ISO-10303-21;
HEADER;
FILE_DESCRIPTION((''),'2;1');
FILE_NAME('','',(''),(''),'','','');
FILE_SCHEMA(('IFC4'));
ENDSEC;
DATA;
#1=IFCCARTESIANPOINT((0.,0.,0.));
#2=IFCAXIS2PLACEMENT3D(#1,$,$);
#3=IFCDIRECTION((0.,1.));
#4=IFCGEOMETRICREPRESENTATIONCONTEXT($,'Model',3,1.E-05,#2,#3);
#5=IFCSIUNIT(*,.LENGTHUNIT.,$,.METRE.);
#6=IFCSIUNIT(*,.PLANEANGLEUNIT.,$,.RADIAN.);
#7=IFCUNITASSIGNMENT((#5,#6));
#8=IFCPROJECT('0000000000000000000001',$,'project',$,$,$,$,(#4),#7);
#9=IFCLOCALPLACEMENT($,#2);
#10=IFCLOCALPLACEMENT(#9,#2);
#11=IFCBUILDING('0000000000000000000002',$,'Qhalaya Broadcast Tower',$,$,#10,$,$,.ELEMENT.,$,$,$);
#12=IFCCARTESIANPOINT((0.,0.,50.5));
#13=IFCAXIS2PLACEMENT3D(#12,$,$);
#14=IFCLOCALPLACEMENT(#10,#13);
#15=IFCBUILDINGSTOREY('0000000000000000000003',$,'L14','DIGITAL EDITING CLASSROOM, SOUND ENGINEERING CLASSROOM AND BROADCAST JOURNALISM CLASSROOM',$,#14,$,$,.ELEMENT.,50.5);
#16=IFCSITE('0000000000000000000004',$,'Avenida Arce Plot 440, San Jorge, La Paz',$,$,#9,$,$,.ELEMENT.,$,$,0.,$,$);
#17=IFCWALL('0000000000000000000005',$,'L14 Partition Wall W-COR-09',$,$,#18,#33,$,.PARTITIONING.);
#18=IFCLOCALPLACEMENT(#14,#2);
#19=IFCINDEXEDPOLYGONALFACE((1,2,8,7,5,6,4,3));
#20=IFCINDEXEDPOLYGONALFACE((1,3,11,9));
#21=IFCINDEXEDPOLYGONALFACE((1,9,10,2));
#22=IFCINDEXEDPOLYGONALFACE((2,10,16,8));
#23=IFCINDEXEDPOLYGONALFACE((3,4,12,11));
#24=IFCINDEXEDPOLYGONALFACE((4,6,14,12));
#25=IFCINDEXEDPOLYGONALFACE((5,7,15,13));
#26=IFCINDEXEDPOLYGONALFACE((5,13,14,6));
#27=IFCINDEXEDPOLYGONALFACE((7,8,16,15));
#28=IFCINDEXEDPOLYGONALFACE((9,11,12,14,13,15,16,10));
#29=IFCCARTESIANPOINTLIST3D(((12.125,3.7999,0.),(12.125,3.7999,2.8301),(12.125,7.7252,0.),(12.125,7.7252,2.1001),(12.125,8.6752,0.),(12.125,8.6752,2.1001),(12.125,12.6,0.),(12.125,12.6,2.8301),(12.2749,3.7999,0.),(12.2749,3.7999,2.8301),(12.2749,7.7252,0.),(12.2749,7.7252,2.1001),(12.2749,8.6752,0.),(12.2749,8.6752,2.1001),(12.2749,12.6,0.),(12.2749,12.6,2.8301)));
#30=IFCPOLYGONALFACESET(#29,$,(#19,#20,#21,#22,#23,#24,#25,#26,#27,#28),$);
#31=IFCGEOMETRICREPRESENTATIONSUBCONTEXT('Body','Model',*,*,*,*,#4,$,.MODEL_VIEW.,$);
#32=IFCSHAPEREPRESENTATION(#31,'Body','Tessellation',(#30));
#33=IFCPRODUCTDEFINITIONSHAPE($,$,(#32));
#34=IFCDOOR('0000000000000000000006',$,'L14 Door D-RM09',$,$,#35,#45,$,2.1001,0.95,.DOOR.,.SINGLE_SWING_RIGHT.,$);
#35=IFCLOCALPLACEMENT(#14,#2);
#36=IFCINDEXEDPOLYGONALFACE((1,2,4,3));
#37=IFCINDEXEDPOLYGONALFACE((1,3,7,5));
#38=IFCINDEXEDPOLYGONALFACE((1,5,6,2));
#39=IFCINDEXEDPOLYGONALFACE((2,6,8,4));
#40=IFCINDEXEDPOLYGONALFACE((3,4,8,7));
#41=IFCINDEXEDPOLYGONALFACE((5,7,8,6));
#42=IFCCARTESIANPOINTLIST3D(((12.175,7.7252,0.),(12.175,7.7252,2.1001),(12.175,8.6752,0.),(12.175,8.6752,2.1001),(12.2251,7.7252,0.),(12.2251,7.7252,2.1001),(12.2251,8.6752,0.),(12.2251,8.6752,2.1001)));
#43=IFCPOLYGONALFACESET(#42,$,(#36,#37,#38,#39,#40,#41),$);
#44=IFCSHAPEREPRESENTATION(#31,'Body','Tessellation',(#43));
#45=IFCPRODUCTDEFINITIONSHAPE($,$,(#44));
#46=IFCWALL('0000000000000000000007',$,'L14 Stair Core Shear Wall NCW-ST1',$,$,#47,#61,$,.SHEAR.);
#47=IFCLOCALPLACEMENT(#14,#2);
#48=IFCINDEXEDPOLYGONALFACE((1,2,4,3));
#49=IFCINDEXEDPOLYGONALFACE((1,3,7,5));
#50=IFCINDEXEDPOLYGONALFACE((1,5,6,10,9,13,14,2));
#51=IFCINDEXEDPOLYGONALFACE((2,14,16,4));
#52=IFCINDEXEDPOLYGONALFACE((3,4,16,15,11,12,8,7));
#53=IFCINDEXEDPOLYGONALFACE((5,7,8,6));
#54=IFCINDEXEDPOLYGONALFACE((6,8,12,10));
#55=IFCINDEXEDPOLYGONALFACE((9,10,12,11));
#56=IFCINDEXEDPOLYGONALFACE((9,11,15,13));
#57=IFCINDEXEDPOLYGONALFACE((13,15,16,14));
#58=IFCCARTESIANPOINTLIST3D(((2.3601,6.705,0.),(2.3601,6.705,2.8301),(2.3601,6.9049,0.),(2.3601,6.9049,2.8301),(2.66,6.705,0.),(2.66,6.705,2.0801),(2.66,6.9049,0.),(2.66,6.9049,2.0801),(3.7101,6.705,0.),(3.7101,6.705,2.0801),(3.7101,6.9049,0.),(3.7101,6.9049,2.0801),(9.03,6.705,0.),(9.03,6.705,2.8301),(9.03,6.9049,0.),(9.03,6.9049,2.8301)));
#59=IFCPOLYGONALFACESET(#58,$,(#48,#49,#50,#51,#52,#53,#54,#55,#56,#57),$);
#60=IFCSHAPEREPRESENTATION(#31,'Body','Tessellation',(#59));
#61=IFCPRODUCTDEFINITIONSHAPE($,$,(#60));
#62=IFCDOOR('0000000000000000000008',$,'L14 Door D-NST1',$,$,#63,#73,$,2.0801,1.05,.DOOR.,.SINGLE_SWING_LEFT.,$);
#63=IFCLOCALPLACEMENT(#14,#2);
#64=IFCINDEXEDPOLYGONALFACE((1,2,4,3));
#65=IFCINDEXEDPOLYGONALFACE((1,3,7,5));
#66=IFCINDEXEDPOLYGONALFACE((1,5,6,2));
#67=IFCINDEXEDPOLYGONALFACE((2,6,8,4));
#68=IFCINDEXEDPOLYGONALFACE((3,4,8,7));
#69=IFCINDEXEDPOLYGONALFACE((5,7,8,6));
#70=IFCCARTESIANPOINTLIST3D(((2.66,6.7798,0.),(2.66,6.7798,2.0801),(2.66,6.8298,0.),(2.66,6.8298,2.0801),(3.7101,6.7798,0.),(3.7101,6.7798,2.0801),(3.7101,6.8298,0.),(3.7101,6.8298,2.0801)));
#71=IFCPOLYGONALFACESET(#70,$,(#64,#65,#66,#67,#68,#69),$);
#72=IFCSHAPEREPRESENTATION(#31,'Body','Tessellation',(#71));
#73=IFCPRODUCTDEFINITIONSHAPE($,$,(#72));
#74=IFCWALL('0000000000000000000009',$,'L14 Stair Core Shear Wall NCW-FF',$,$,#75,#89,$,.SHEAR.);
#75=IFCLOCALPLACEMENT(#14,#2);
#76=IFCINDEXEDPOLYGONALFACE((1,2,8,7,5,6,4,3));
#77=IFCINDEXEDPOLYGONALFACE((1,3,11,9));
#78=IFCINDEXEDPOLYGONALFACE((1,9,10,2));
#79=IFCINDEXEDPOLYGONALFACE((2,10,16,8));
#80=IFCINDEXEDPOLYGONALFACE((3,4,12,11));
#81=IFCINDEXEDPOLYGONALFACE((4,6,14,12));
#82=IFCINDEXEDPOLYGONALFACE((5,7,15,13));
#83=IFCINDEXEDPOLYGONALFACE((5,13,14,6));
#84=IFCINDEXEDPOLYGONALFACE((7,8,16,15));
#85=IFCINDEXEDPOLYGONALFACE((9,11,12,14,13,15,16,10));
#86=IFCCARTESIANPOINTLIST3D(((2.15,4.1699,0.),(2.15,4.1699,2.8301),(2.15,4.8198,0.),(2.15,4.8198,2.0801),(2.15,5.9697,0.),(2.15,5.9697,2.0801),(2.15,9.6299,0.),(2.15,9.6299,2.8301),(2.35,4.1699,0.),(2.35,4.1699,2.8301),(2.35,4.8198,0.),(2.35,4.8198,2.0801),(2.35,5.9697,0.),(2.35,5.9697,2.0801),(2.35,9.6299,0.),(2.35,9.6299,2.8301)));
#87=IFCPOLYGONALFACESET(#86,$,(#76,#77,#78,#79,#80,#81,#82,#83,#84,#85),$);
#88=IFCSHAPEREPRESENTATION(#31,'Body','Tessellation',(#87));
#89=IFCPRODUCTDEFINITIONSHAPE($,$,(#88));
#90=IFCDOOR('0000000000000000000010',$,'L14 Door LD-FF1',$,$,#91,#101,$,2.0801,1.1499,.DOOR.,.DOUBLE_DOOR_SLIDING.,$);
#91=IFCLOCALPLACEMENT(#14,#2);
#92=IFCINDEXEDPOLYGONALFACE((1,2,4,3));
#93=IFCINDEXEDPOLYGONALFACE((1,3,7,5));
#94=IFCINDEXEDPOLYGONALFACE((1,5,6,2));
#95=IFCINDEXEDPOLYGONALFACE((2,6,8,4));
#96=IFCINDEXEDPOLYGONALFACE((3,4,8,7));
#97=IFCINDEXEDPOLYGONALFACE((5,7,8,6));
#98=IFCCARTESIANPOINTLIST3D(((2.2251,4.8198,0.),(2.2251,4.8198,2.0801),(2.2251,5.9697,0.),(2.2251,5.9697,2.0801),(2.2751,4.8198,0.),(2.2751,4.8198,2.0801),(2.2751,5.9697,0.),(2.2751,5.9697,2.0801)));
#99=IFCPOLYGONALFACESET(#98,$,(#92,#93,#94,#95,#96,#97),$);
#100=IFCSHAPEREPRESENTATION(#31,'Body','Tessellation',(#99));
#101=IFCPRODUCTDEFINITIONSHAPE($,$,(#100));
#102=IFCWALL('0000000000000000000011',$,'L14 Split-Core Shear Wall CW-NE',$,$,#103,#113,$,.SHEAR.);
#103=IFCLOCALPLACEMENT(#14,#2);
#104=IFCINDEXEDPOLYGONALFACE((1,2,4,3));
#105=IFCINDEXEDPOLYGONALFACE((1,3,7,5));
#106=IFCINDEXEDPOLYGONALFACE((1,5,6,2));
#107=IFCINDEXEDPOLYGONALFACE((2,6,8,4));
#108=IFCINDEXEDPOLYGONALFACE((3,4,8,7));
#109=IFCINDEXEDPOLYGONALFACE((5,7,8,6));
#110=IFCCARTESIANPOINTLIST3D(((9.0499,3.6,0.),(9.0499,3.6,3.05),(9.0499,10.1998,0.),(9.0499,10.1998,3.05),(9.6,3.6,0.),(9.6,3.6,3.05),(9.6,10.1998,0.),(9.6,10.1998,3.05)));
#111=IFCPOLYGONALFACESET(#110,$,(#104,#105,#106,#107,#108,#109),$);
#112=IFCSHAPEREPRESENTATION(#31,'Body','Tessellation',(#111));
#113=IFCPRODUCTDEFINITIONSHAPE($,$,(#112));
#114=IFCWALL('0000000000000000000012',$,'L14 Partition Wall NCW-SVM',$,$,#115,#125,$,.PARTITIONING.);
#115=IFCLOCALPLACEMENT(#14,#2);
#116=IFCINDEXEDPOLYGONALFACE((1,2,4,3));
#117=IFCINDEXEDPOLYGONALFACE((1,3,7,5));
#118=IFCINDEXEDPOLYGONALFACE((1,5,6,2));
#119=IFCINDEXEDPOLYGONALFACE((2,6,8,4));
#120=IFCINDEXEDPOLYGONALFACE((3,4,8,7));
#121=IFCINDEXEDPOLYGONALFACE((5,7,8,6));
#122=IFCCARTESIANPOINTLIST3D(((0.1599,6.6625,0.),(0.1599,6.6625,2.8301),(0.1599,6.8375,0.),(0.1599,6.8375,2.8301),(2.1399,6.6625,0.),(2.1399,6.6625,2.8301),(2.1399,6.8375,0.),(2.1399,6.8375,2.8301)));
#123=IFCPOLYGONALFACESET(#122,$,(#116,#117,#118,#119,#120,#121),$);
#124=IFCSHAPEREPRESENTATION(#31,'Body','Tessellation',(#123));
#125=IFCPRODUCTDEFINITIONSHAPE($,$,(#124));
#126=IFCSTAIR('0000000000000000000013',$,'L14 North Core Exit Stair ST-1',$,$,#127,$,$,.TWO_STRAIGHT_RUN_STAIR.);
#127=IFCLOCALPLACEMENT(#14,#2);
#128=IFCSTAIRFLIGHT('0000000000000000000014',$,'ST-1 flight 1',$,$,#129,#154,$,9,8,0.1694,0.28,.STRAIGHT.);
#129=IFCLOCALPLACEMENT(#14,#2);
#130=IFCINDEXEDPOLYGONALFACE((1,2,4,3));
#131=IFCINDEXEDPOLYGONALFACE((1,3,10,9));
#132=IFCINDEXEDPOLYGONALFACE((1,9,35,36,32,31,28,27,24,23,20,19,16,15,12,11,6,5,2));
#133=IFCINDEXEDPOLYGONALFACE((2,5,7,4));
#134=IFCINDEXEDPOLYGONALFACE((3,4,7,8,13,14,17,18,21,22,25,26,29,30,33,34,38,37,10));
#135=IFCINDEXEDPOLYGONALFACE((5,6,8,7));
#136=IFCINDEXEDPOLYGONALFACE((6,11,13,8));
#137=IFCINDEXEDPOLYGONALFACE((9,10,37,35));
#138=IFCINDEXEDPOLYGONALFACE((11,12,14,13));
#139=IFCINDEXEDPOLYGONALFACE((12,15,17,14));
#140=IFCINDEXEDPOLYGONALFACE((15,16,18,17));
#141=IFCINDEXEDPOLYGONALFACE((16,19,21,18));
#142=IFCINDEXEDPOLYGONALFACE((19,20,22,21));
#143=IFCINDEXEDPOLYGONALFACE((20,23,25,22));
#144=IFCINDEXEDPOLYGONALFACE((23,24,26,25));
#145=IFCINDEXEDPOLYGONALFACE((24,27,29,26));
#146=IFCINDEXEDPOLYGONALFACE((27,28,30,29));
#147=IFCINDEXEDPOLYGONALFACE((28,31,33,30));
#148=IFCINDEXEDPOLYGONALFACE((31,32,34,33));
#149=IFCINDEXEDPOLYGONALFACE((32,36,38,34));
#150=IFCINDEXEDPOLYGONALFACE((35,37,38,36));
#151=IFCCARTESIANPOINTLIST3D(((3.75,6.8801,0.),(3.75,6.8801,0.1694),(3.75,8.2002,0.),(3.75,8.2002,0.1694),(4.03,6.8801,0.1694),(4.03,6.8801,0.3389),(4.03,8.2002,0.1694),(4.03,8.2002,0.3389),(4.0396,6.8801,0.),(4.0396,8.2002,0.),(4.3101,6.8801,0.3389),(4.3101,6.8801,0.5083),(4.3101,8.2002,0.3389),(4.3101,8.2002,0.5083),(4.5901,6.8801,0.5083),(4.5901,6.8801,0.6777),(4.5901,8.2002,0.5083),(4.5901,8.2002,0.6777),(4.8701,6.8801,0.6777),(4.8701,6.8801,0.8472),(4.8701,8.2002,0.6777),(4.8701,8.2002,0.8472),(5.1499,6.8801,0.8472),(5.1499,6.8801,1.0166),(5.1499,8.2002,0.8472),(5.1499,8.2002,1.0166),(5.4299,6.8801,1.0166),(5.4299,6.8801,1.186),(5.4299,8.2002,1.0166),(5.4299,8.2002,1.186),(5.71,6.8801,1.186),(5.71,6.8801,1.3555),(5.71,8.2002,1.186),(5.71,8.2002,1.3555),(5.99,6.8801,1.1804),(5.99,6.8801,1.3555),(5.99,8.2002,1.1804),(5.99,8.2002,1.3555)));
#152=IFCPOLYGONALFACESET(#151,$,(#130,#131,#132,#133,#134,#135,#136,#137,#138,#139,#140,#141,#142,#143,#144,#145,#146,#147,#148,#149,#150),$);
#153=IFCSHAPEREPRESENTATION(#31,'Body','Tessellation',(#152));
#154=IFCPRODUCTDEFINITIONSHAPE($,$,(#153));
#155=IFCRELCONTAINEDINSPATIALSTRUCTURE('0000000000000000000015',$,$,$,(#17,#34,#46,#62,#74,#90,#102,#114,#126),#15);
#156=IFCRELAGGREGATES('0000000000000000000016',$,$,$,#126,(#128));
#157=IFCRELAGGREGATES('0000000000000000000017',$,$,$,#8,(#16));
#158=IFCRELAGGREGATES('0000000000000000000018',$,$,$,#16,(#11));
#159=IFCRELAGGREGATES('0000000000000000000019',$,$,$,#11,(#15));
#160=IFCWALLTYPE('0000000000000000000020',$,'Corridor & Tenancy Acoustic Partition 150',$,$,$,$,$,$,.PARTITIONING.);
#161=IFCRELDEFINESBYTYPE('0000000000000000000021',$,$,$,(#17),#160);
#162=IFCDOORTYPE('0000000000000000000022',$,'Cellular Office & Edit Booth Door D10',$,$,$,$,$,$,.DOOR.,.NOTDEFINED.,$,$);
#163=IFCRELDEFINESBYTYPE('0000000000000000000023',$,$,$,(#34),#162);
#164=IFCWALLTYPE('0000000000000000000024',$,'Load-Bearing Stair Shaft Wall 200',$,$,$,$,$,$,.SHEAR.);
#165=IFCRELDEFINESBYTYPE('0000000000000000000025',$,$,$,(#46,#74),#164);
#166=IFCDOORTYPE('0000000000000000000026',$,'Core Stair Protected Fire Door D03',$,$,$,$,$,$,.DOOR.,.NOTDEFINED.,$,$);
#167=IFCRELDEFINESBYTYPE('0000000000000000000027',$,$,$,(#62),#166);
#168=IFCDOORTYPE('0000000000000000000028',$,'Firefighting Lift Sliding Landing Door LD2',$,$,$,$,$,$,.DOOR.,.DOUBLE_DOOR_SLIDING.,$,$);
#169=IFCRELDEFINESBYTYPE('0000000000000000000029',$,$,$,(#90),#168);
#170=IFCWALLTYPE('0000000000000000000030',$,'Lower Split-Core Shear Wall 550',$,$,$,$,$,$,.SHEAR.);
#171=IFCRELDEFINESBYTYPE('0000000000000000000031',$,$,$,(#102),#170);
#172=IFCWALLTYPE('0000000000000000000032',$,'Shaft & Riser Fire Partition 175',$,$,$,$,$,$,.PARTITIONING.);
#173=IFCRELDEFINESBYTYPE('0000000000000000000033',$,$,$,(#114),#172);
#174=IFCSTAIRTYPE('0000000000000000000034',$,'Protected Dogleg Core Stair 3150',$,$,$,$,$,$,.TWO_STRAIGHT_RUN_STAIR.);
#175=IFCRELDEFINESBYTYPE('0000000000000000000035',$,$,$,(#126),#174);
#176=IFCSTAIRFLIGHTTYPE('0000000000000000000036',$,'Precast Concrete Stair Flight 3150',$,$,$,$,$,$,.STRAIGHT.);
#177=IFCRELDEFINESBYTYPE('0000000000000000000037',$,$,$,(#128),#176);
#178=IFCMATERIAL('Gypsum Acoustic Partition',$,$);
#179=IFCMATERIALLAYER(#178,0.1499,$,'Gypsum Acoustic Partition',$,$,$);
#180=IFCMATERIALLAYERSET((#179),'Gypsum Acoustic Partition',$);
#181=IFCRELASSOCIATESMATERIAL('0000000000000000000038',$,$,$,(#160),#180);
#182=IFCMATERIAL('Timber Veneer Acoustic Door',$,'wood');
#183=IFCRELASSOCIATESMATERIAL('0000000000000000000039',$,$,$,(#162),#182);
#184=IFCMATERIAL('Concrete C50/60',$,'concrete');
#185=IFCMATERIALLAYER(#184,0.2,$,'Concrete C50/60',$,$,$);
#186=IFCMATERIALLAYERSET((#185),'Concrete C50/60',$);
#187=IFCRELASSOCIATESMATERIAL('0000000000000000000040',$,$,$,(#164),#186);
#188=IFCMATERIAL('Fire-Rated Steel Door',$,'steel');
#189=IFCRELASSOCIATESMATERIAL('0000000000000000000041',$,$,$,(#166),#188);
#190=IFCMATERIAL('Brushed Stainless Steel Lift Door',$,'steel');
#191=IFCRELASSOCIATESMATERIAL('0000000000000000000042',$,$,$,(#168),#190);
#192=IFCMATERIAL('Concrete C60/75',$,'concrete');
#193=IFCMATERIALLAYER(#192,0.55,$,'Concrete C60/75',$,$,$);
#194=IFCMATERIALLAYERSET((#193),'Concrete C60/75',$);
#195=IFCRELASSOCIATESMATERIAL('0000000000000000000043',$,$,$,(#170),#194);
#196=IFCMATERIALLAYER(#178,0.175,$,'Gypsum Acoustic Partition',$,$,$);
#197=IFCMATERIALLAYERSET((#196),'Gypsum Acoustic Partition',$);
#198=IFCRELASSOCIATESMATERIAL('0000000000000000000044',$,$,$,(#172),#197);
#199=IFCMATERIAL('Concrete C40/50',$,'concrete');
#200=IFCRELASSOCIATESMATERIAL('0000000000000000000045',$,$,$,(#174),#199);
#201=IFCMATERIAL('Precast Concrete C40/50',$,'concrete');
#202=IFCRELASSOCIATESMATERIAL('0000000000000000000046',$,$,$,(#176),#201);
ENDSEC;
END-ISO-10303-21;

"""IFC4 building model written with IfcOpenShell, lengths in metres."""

from ifc_helpers import new_model, si_unit, direction, frame, frame_2d, origin, place, context, subcontext, project, spatial, polyline, rectangle, outline, extrude, material, layer, layer_set, type_object, element, fill, aggregate, save


model = new_model("IFC4")

# Units and contexts
model_context = context("Model", 3, precision=1e-05, world=origin(), true_north=direction((0.0, 1.0)))
body_context = subcontext(model_context, "Body", "Model", "MODEL_VIEW")
ifc_project = project(units=[si_unit("LENGTHUNIT", "METRE"), si_unit("PLANEANGLEUNIT", "RADIAN")], contexts=[model_context])

# Site, building, storey
site_placement = place(None, origin())
site = spatial("IfcSite", under=ifc_project, at=site_placement, Name="Avenida Arce Plot 440, San Jorge, La Paz", CompositionType="ELEMENT", RefElevation=0.0)
building_placement = place(site_placement, origin())
building = spatial("IfcBuilding", under=site, at=building_placement, Name="Qhalaya Broadcast Tower", CompositionType="ELEMENT")
storey_placement = place(building_placement, frame((0.0, 0.0, 50.5)))
storey = spatial("IfcBuildingStorey", under=building, at=storey_placement, Name="L14", Description="DIGITAL EDITING CLASSROOM, SOUND ENGINEERING CLASSROOM AND BROADCAST JOURNALISM CLASSROOM", CompositionType="ELEMENT", Elevation=50.5)

# Shared definitions
ifc_material_1 = material(Name="Concrete C50/60", Category="concrete")

# Walls, openings, doors
ifc_material_2 = material(Name="Gypsum Acoustic Partition")
ifc_layer_1 = layer(ifc_material_2, 0.1499, Name="Gypsum Acoustic Partition")
ifc_layer_set_1 = layer_set([ifc_layer_1], Name="Gypsum Acoustic Partition")
wall_type_1 = type_object("IfcWallType", Name="Corridor & Tenancy Acoustic Partition 150", PredefinedType="PARTITIONING", material=ifc_layer_set_1)
wall_1_placement = place(storey_placement, frame((12.2, 3.8, 0.0), z_axis=(0.0, 0.0, 1.0), x_axis=(0.0, 1.0, 0.0)))
wall_1 = element("IfcWall", 1, at=wall_1_placement, inside=storey, type_object=wall_type_1, Name="L14 Partition Wall W-COR-09", PredefinedType="PARTITIONING", context=body_context, shape_type="SweptSolid", body=[
    extrude(rectangle(XDim=8.8, YDim=0.1499, at=frame_2d((4.3999, 0.0))), origin(), (0.0, 0.0, 1.0), 2.8301),
])
opening_1_placement = place(wall_1_placement, frame((3.925, 0.0, 0.0)))
opening_1 = element("IfcOpeningElement", 2, at=opening_1_placement, cuts=wall_1, PredefinedType="OPENING", context=body_context, shape_type="SweptSolid", body=[
    extrude(rectangle(XDim=0.95, YDim=2.1001, at=frame_2d((0.4751, 1.05))), frame((0.0, 0.0869, 0.0), z_axis=(0.0, -1.0, 0.0), x_axis=(1.0, 0.0, 0.0)), (0.0, 0.0, 1.0), 0.1738),
])
ifc_material_3 = material(Name="Timber Veneer Acoustic Door", Category="wood")
door_type_1 = type_object("IfcDoorType", Name="Cellular Office & Edit Booth Door D10", OperationType="NOTDEFINED", PredefinedType="DOOR", material=ifc_material_3)
door_1_placement = place(opening_1_placement, origin())
door_1 = element("IfcDoor", 3, at=door_1_placement, inside=storey, type_object=door_type_1, Name="L14 Door D-RM09", OperationType="SINGLE_SWING_RIGHT", OverallHeight=2.1001, OverallWidth=0.95, PredefinedType="DOOR", context=body_context, shape_type="SweptSolid", body=[
    extrude(rectangle(XDim=0.95, YDim=2.1001, at=frame_2d((0.4751, 1.05))), frame((0.0, 0.0249, 0.0), z_axis=(0.0, -1.0, 0.0), x_axis=(1.0, 0.0, 0.0)), (0.0, 0.0, 1.0), 0.05),
])
fill(opening_1, door_1)
ifc_layer_2 = layer(ifc_material_1, 0.2, Name="Concrete C50/60")
ifc_layer_set_2 = layer_set([ifc_layer_2], Name="Concrete C50/60")
wall_type_2 = type_object("IfcWallType", Name="Load-Bearing Stair Shaft Wall 200", PredefinedType="SHEAR", material=ifc_layer_set_2)
wall_2_placement = place(storey_placement, frame((2.3601, 6.8049, 0.0), z_axis=(0.0, 0.0, 1.0), x_axis=(1.0, 0.0, 0.0)))
wall_2 = element("IfcWall", 4, at=wall_2_placement, inside=storey, type_object=wall_type_2, Name="L14 Stair Core Shear Wall NCW-ST1", PredefinedType="SHEAR", context=body_context, shape_type="SweptSolid", body=[
    extrude(rectangle(XDim=6.6699, YDim=0.2, at=frame_2d((3.335, 0.0))), origin(), (0.0, 0.0, 1.0), 2.8301),
])
opening_2_placement = place(wall_2_placement, frame((0.3, 0.0, 0.0)))
opening_2 = element("IfcOpeningElement", 5, at=opening_2_placement, cuts=wall_2, PredefinedType="OPENING", context=body_context, shape_type="SweptSolid", body=[
    extrude(rectangle(XDim=1.05, YDim=2.0801, at=frame_2d((0.5249, 1.04))), frame((0.0, 0.1121, 0.0), z_axis=(0.0, -1.0, 0.0), x_axis=(1.0, 0.0, 0.0)), (0.0, 0.0, 1.0), 0.2239),
])
ifc_material_4 = material(Name="Fire-Rated Steel Door", Category="steel")
door_type_2 = type_object("IfcDoorType", Name="Core Stair Protected Fire Door D03", OperationType="NOTDEFINED", PredefinedType="DOOR", material=ifc_material_4)
door_2_placement = place(opening_2_placement, origin())
door_2 = element("IfcDoor", 6, at=door_2_placement, inside=storey, type_object=door_type_2, Name="L14 Door D-NST1", OperationType="SINGLE_SWING_LEFT", OverallHeight=2.0801, OverallWidth=1.05, PredefinedType="DOOR", context=body_context, shape_type="SweptSolid", body=[
    extrude(rectangle(XDim=1.05, YDim=2.0801, at=frame_2d((0.5249, 1.04))), frame((0.0, 0.0249, 0.0), z_axis=(0.0, -1.0, 0.0), x_axis=(1.0, 0.0, 0.0)), (0.0, 0.0, 1.0), 0.05),
])
fill(opening_2, door_2)
wall_3_placement = place(storey_placement, frame((2.25, 4.1699, 0.0), z_axis=(0.0, 0.0, 1.0), x_axis=(0.0, 1.0, 0.0)))
wall_3 = element("IfcWall", 7, at=wall_3_placement, inside=storey, type_object=wall_type_2, Name="L14 Stair Core Shear Wall NCW-FF", PredefinedType="SHEAR", context=body_context, shape_type="SweptSolid", body=[
    extrude(rectangle(XDim=5.46, YDim=0.2, at=frame_2d((2.73, 0.0))), origin(), (0.0, 0.0, 1.0), 2.8301),
])
opening_3_placement = place(wall_3_placement, frame((0.6499, 0.0, 0.0)))
opening_3 = element("IfcOpeningElement", 8, at=opening_3_placement, cuts=wall_3, PredefinedType="OPENING", context=body_context, shape_type="SweptSolid", body=[
    extrude(rectangle(XDim=1.1499, YDim=2.0801, at=frame_2d((0.575, 1.04))), frame((0.0, 0.1121, 0.0), z_axis=(0.0, -1.0, 0.0), x_axis=(1.0, 0.0, 0.0)), (0.0, 0.0, 1.0), 0.2239),
])
ifc_material_5 = material(Name="Brushed Stainless Steel Lift Door", Category="steel")
door_type_3 = type_object("IfcDoorType", Name="Firefighting Lift Sliding Landing Door LD2", OperationType="DOUBLE_DOOR_SLIDING", PredefinedType="DOOR", material=ifc_material_5)
door_3_placement = place(opening_3_placement, origin())
door_3 = element("IfcDoor", 9, at=door_3_placement, inside=storey, type_object=door_type_3, Name="L14 Door LD-FF1", OperationType="DOUBLE_DOOR_SLIDING", OverallHeight=2.0801, OverallWidth=1.1499, PredefinedType="DOOR", context=body_context, shape_type="SweptSolid", body=[
    extrude(rectangle(XDim=1.1499, YDim=2.0801, at=frame_2d((0.575, 1.04))), frame((0.0, 0.0249, 0.0), z_axis=(0.0, -1.0, 0.0), x_axis=(1.0, 0.0, 0.0)), (0.0, 0.0, 1.0), 0.05),
])
fill(opening_3, door_3)

# Wall
ifc_material_6 = material(Name="Concrete C60/75", Category="concrete")
ifc_layer_3 = layer(ifc_material_6, 0.55, Name="Concrete C60/75")
ifc_layer_set_3 = layer_set([ifc_layer_3], Name="Concrete C60/75")
wall_type_3 = type_object("IfcWallType", Name="Lower Split-Core Shear Wall 550", PredefinedType="SHEAR", material=ifc_layer_set_3)
wall_4_placement = place(storey_placement, frame((9.325, 3.6001, 0.0), z_axis=(0.0, 0.0, 1.0), x_axis=(0.0, 1.0, 0.0)))
element("IfcWall", 10, at=wall_4_placement, inside=storey, type_object=wall_type_3, Name="L14 Split-Core Shear Wall CW-NE", PredefinedType="SHEAR", context=body_context, shape_type="SweptSolid", body=[
    extrude(rectangle(XDim=6.5999, YDim=0.55, at=frame_2d((3.2998, 0.0))), origin(), (0.0, 0.0, 1.0), 3.05),
])

# Shared definitions
ifc_layer_4 = layer(ifc_material_2, 0.175, Name="Gypsum Acoustic Partition")
ifc_layer_set_4 = layer_set([ifc_layer_4], Name="Gypsum Acoustic Partition")
wall_type_4 = type_object("IfcWallType", Name="Shaft & Riser Fire Partition 175", PredefinedType="PARTITIONING", material=ifc_layer_set_4)

# Wall
wall_5_placement = place(storey_placement, frame((0.1599, 6.75, 0.0), z_axis=(0.0, 0.0, 1.0), x_axis=(1.0, 0.0, 0.0)))
element("IfcWall", 11, at=wall_5_placement, inside=storey, type_object=wall_type_4, Name="L14 Partition Wall NCW-SVM", PredefinedType="PARTITIONING", context=body_context, shape_type="SweptSolid", body=[
    extrude(rectangle(XDim=1.98, YDim=0.175, at=frame_2d((0.99, 0.0))), origin(), (0.0, 0.0, 1.0), 2.8301),
])

# Stair, stair flight
ifc_material_7 = material(Name="Concrete C40/50", Category="concrete")
stair_type = type_object("IfcStairType", Name="Protected Dogleg Core Stair 3150", PredefinedType="TWO_STRAIGHT_RUN_STAIR", material=ifc_material_7)
stair_placement = place(storey_placement, origin())
stair = element("IfcStair", 12, at=stair_placement, inside=storey, type_object=stair_type, Name="L14 North Core Exit Stair ST-1", PredefinedType="TWO_STRAIGHT_RUN_STAIR")
ifc_material_8 = material(Name="Precast Concrete C40/50", Category="concrete")
stair_flight_type = type_object("IfcStairFlightType", Name="Precast Concrete Stair Flight 3150", PredefinedType="STRAIGHT", material=ifc_material_8)
stair_flight_1_placement = place(storey_placement, frame((3.75, 7.54, 0.0), z_axis=(0.0, 0.0, 1.0), x_axis=(1.0, 0.0, 0.0)))
stair_flight_1 = element("IfcStairFlight", 13, at=stair_flight_1_placement, type_object=stair_flight_type, Name="ST-1 flight 1", NumberOfRisers=9, NumberOfTreads=8, PredefinedType="STRAIGHT", RiserHeight=0.1694, TreadLength=0.28, context=body_context, shape_type="SweptSolid", body=[
    extrude(outline(polyline([(0.0, 0.0), (0.0, 0.1694), (0.28, 0.1694), (0.28, 0.3389), (0.5601, 0.3389), (0.5601, 0.5083), (0.8401, 0.5083), (0.8401, 0.6777), (1.1201, 0.6777), (1.1201, 0.8472), (1.3999, 0.8472), (1.3999, 1.0166), (1.6799, 1.0166), (1.6799, 1.186), (1.96, 1.186), (1.96, 1.3555), (2.24, 1.3555), (2.24, 1.5249), (2.24, 1.1804), (0.2896, 0.0), (0.0, 0.0)])), frame((0.0, 0.6602, 0.0), z_axis=(0.0, -1.0, 0.0), x_axis=(1.0, 0.0, 0.0)), (0.0, 0.0, 1.0), 1.3201),
])
aggregate(stair, [stair_flight_1])

save(model, "model.ifc")
